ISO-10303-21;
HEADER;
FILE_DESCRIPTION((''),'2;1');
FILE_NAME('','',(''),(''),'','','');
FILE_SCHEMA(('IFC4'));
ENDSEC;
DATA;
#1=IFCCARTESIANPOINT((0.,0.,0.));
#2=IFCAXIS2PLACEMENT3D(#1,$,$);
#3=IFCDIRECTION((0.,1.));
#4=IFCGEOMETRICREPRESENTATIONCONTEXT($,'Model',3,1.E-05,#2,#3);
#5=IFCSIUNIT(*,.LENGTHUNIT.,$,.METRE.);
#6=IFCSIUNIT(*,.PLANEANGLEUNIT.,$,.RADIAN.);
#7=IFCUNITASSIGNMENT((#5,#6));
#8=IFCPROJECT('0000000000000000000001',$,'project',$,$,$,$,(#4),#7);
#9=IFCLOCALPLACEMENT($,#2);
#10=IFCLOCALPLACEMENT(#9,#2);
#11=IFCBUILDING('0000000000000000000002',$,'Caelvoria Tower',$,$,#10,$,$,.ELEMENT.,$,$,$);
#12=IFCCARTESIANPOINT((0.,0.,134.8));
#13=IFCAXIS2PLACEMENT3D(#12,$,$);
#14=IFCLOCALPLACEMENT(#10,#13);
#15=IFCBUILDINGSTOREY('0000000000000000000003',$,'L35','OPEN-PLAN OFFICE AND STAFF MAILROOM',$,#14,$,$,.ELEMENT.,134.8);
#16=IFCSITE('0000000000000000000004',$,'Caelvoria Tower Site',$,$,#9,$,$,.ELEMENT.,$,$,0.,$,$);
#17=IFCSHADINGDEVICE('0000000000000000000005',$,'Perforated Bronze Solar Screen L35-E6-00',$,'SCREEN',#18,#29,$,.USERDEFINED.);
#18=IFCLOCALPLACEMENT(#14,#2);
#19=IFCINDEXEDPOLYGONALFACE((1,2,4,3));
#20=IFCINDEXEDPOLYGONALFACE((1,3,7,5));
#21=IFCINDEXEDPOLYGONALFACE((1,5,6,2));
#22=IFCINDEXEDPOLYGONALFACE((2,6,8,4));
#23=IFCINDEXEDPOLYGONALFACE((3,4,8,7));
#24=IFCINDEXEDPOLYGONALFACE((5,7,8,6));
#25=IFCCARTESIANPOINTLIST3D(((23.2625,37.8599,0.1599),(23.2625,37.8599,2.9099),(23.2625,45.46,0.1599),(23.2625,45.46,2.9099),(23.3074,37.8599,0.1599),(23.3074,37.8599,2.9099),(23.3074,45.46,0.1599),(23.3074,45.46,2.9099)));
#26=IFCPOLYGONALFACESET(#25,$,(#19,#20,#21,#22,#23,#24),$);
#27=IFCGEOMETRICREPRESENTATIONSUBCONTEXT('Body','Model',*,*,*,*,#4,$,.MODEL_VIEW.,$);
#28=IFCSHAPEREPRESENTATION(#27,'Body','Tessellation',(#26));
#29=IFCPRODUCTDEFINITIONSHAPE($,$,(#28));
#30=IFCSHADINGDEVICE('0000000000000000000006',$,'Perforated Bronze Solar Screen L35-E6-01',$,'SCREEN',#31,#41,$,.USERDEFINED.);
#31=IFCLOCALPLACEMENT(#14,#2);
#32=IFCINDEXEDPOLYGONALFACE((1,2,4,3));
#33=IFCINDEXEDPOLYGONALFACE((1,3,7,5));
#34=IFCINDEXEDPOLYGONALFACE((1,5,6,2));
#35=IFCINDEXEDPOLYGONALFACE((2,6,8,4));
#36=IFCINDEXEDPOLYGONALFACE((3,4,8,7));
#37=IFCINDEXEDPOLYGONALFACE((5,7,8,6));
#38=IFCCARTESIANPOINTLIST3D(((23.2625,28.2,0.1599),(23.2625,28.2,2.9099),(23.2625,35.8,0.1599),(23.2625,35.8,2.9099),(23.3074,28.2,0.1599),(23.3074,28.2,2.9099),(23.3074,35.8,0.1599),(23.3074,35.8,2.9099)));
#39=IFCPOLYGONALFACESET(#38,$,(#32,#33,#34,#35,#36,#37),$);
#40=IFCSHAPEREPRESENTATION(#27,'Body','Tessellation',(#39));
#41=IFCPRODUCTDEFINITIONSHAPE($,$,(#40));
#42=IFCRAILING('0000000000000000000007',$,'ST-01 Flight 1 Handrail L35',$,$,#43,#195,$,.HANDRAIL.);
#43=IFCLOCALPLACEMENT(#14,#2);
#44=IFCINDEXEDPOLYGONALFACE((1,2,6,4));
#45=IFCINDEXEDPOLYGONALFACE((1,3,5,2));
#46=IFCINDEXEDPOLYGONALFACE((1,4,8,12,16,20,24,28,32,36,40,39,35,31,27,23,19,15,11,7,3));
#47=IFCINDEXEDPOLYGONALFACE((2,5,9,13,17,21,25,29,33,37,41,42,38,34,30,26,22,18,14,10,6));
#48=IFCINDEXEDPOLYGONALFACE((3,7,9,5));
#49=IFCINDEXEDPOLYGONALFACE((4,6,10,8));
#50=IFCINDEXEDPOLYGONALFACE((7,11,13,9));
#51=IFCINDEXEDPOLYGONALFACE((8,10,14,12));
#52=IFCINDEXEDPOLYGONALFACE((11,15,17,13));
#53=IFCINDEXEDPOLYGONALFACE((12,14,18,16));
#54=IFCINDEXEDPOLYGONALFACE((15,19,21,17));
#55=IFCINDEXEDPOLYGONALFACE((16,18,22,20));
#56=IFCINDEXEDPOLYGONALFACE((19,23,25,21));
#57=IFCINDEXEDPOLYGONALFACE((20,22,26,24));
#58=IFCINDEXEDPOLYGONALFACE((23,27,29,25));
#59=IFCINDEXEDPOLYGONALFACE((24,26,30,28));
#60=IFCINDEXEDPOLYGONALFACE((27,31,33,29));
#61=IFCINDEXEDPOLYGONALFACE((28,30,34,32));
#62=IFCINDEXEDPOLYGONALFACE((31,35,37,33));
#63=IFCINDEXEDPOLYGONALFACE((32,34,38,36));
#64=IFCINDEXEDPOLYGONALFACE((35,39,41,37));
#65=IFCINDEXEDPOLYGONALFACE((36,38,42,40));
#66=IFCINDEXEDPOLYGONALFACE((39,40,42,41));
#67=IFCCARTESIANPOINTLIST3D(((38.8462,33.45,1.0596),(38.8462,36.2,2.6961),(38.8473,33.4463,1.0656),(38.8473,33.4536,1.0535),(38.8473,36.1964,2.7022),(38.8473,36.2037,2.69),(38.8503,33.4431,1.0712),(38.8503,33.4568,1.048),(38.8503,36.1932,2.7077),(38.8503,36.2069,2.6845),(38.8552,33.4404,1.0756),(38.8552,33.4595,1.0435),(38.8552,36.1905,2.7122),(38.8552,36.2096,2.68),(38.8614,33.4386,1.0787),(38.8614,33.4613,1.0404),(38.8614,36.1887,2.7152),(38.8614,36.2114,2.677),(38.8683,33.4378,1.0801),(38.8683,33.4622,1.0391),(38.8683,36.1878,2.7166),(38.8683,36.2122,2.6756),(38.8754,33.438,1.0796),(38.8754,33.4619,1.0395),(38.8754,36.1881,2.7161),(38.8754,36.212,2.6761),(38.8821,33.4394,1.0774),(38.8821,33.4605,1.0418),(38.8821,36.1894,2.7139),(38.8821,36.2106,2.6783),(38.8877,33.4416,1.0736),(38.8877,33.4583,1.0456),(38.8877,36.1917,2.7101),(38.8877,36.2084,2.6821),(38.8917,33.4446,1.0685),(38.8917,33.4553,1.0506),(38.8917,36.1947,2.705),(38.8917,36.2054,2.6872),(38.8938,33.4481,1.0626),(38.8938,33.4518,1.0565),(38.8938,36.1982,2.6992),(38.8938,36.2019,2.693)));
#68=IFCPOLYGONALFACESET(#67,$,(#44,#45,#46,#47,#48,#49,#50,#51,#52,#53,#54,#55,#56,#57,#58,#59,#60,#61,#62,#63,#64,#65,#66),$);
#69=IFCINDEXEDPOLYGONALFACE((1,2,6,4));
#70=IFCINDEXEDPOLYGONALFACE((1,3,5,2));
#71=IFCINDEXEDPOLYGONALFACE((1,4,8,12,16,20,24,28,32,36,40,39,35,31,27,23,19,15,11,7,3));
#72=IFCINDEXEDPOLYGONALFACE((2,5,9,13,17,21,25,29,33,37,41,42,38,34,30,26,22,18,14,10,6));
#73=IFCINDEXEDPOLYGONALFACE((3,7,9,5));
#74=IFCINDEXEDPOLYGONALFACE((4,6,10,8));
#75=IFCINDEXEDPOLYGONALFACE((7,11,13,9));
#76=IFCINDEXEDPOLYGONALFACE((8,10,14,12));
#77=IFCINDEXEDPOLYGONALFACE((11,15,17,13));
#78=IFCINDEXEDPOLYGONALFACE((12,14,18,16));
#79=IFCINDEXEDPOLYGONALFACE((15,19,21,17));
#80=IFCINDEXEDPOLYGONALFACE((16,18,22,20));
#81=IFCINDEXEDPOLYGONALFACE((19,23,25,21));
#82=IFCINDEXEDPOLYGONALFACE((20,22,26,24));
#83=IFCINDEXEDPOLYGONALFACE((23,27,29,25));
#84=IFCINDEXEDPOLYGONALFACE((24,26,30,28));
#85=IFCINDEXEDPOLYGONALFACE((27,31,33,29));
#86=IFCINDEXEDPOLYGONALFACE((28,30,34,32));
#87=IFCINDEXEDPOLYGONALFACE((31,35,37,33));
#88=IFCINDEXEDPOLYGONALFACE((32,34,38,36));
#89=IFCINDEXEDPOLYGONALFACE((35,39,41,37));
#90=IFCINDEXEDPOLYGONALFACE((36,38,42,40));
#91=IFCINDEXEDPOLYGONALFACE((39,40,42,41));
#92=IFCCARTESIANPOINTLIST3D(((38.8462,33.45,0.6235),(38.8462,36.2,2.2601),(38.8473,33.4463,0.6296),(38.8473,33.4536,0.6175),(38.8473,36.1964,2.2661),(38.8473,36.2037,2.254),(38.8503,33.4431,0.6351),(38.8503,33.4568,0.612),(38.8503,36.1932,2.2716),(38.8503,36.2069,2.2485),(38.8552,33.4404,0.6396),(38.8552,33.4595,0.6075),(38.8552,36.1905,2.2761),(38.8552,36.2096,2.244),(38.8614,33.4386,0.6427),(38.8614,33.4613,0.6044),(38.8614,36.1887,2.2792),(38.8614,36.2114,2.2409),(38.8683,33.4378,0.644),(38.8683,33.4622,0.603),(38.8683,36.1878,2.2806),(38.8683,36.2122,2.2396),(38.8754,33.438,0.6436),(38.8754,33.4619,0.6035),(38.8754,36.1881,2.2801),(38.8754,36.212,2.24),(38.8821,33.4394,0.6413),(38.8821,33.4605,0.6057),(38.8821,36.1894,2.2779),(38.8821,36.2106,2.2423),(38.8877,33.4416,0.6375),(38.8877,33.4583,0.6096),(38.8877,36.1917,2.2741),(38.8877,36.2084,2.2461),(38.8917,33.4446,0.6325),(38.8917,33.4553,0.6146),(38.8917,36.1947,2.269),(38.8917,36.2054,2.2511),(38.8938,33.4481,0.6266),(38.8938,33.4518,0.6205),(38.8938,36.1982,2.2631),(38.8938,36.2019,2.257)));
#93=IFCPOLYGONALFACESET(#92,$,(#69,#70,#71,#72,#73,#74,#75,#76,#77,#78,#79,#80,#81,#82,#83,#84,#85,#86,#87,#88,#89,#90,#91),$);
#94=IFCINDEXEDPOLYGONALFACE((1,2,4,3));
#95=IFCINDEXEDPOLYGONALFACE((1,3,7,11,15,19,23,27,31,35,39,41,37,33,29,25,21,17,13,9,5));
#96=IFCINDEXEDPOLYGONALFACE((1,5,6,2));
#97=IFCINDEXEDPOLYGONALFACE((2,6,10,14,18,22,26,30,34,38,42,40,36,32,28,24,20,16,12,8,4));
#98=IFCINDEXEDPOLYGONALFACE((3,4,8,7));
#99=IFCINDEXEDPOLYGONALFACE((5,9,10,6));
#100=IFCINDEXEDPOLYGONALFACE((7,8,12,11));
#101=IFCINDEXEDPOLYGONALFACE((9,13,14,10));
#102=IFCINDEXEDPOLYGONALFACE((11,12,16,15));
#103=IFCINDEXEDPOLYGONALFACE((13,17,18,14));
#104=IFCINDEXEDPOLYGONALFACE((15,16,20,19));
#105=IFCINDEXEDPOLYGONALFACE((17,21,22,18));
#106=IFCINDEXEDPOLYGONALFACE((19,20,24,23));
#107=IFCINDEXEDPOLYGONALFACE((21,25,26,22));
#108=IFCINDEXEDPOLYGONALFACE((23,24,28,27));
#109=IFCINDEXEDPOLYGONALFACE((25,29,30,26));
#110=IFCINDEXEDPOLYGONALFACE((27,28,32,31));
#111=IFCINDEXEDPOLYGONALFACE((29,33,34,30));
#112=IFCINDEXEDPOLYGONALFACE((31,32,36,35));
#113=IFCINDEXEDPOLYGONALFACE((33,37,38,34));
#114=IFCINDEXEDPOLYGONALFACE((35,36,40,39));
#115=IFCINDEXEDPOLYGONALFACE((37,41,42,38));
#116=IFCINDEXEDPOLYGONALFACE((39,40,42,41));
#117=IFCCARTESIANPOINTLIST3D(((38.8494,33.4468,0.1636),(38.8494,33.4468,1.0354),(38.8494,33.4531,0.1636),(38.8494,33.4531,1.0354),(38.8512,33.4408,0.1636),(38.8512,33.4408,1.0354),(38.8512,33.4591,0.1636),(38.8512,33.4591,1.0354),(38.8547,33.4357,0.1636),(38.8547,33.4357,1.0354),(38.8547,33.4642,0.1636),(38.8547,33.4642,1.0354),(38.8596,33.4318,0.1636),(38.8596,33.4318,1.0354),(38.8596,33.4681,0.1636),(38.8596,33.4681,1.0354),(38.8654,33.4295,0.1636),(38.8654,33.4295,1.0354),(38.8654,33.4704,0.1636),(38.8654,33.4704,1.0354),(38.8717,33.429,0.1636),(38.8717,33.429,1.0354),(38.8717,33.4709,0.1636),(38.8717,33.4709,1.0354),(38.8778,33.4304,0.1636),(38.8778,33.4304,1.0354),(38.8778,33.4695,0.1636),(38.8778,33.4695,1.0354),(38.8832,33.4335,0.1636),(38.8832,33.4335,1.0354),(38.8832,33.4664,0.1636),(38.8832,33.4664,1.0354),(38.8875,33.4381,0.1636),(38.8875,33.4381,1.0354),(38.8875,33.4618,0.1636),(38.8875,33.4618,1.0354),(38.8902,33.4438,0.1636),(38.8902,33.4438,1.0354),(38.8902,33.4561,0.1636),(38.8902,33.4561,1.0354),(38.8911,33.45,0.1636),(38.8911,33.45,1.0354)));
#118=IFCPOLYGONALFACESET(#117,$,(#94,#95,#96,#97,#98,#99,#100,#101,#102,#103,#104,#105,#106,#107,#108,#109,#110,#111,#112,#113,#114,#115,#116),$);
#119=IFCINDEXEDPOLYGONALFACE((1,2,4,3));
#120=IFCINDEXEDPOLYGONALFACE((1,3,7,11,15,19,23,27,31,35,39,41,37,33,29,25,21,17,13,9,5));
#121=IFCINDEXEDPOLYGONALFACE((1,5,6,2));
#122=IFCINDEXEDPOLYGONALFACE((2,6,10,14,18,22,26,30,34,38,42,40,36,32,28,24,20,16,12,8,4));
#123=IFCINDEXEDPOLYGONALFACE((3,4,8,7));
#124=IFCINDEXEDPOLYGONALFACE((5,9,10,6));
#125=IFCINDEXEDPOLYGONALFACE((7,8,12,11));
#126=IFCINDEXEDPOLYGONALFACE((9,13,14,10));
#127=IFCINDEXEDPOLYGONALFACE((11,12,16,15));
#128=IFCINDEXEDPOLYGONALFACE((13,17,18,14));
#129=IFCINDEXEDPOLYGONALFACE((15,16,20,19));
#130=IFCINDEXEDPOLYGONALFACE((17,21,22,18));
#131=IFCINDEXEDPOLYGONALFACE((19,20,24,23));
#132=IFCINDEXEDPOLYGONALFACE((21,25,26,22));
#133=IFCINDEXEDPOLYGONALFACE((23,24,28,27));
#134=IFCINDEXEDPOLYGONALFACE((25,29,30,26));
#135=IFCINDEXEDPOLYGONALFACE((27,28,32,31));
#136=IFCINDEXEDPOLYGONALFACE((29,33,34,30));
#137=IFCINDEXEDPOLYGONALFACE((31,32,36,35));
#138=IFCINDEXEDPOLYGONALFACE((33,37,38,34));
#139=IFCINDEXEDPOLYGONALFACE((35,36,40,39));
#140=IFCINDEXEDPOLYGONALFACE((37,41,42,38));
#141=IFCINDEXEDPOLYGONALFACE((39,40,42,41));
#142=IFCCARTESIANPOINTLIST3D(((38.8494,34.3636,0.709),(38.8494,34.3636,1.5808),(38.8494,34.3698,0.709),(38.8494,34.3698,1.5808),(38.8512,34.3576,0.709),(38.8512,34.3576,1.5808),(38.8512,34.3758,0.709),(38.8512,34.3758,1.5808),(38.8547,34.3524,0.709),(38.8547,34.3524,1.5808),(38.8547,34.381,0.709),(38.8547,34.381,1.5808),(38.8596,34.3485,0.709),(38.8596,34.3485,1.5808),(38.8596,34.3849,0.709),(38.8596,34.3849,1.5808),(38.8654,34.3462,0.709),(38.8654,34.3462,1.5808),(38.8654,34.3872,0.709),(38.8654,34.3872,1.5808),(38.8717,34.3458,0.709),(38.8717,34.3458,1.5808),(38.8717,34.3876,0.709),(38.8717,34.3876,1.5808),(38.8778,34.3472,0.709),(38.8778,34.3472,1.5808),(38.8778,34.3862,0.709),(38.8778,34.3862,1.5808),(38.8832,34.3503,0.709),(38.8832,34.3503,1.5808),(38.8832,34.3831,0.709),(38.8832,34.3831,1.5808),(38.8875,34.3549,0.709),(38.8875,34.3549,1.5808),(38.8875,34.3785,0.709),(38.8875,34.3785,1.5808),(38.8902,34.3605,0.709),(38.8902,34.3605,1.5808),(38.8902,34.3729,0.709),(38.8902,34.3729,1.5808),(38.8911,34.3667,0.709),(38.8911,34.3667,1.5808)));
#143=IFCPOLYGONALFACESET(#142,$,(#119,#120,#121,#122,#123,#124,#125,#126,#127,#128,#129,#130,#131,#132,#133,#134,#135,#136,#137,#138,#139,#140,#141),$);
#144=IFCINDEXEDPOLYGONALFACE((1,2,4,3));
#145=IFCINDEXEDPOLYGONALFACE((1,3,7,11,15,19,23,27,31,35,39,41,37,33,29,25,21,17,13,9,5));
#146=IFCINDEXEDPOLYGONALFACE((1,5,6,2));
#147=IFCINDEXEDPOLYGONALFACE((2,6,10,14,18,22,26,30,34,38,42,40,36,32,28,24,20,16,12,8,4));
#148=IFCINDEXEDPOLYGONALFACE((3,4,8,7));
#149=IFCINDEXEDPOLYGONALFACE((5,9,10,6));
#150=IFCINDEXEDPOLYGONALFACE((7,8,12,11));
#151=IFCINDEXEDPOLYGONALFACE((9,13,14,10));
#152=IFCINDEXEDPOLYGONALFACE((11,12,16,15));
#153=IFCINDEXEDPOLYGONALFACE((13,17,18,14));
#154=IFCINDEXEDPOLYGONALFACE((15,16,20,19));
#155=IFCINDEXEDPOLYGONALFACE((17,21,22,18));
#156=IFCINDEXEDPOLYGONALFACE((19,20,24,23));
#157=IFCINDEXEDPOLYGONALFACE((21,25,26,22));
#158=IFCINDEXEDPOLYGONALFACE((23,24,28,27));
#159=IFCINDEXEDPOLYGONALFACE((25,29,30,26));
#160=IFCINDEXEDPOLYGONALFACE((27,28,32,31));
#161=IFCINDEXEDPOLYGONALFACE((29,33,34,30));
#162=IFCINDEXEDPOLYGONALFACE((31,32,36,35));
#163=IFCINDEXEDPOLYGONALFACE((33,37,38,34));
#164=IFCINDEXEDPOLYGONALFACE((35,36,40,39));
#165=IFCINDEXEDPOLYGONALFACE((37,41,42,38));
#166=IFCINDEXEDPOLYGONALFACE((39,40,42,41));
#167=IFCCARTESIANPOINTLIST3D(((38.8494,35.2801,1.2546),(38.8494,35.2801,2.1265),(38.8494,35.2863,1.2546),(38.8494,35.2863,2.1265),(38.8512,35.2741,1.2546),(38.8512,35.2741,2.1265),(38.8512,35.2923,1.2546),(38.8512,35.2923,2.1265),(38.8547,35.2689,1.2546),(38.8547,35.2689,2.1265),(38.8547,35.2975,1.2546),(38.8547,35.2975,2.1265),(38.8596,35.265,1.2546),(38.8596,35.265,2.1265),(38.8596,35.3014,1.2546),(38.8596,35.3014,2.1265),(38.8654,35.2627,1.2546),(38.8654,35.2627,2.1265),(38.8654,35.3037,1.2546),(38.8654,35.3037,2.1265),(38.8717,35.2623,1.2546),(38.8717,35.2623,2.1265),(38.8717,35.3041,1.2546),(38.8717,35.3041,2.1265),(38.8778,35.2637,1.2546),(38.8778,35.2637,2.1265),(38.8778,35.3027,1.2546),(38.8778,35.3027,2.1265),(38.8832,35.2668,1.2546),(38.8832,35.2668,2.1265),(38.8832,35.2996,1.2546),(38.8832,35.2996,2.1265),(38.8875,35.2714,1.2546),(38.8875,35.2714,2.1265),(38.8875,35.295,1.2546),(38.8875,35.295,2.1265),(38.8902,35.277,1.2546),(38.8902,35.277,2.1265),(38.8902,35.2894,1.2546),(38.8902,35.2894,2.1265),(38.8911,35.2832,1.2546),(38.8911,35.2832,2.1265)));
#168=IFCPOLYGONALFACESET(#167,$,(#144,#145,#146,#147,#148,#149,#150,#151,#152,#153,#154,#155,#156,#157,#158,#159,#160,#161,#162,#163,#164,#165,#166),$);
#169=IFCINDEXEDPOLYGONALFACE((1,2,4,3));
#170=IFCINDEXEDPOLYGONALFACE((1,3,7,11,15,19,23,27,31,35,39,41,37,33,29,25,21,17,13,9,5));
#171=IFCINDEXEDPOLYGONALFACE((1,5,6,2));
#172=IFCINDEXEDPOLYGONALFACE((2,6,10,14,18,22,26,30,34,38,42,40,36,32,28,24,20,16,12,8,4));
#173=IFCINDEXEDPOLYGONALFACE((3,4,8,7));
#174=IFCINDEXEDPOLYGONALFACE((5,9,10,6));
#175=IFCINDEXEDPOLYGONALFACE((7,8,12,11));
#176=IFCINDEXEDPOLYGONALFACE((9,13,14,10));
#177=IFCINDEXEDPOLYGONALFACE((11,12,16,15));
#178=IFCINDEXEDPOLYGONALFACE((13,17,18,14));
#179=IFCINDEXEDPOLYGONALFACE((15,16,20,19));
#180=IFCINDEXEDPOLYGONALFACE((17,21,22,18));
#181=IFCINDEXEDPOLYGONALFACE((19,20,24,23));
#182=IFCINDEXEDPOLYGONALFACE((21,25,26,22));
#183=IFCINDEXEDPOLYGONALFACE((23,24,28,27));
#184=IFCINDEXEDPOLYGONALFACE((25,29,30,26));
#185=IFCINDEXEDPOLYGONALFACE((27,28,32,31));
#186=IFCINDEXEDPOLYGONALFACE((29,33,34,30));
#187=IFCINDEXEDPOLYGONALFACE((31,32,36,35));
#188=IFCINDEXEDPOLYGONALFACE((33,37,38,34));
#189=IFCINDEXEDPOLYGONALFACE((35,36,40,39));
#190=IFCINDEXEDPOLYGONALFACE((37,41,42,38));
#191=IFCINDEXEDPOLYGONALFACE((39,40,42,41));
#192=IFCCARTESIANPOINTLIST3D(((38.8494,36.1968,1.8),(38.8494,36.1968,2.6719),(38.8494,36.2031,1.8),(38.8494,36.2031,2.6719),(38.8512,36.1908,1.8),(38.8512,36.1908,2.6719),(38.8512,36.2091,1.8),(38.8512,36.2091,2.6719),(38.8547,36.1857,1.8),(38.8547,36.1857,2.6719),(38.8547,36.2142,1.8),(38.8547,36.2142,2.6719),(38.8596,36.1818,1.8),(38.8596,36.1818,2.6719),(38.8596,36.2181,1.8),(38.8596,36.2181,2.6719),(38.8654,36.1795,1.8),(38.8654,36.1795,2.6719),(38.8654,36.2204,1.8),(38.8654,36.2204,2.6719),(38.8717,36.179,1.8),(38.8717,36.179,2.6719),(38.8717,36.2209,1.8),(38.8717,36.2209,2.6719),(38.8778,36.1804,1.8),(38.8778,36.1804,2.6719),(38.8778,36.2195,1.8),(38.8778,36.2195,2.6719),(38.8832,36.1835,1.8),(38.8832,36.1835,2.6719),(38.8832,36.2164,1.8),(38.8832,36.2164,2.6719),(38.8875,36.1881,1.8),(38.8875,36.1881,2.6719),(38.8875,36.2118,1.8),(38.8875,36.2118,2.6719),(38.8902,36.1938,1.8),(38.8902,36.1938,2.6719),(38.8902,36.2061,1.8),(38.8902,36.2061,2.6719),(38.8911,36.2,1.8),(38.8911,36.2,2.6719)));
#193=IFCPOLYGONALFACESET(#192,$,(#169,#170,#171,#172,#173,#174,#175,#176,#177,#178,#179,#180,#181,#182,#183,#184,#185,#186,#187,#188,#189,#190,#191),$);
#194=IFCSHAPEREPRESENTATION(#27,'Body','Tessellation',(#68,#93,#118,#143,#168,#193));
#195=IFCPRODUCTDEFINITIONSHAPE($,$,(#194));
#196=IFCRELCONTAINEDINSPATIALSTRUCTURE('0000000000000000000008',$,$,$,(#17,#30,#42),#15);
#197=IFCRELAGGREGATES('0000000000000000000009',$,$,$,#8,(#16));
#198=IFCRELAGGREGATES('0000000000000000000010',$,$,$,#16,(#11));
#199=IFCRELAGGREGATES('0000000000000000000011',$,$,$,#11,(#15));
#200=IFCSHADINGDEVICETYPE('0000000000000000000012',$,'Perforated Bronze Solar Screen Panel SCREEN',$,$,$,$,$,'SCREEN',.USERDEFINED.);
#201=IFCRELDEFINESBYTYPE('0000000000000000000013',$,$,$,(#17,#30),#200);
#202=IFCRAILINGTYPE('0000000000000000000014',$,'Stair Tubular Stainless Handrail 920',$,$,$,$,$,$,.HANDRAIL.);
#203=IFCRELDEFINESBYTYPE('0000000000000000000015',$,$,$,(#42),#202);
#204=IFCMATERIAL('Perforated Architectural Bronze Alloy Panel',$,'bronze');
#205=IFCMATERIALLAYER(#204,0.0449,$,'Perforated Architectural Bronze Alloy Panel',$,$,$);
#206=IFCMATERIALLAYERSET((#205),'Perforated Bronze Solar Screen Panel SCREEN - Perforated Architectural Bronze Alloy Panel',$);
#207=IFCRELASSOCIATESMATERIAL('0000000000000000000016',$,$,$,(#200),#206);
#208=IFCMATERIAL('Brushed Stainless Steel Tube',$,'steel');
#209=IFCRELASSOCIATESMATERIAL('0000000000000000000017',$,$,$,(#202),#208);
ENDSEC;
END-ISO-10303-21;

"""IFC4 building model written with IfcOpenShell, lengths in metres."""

from ifc_helpers import new_model, si_unit, direction, frame, origin, origin_2d, place, context, subcontext, project, spatial, rectangle, circle, extrude, material, layer, layer_set, type_object, element, save


model = new_model("IFC4")

# Units and contexts
model_context = context("Model", 3, precision=1e-05, world=origin(), true_north=direction((0.0, 1.0)))
body_context = subcontext(model_context, "Body", "Model", "MODEL_VIEW")
ifc_project = project(units=[si_unit("LENGTHUNIT", "METRE"), si_unit("PLANEANGLEUNIT", "RADIAN")], contexts=[model_context])

# Site, building, storey
site_placement = place(None, origin())
site = spatial("IfcSite", under=ifc_project, at=site_placement, Name="Caelvoria Tower Site", CompositionType="ELEMENT", RefElevation=0.0)
building_placement = place(site_placement, origin())
building = spatial("IfcBuilding", under=site, at=building_placement, Name="Caelvoria Tower", CompositionType="ELEMENT")
storey_placement = place(building_placement, frame((0.0, 0.0, 134.8)))
storey = spatial("IfcBuildingStorey", under=building, at=storey_placement, Name="L35", Description="OPEN-PLAN OFFICE AND STAFF MAILROOM", CompositionType="ELEMENT", Elevation=134.8)

# Shading devices
ifc_material_1 = material(Name="Perforated Architectural Bronze Alloy Panel", Category="bronze")
ifc_layer_1 = layer(ifc_material_1, 0.0449, Name="Perforated Architectural Bronze Alloy Panel")
ifc_layer_set_1 = layer_set([ifc_layer_1], Name="Perforated Bronze Solar Screen Panel SCREEN - Perforated Architectural Bronze Alloy Panel")
shading_device_type = type_object("IfcShadingDeviceType", Name="Perforated Bronze Solar Screen Panel SCREEN", ElementType="SCREEN", PredefinedType="USERDEFINED", material=ifc_layer_set_1)
for number, where, z_axis, x_axis, name in (
    (1, (23.2849, 41.6599, 0.1599), (0.0, 0.0, 1.0), (0.0, -1.0, 0.0), "Perforated Bronze Solar Screen L35-E6-00"),
    (2, (23.2849, 32.0, 0.1599), (0.0, 0.0, 1.0), (0.0, -1.0, 0.0), "Perforated Bronze Solar Screen L35-E6-01"),
):
    element("IfcShadingDevice", number, at=place(storey_placement, frame(where, z_axis=z_axis, x_axis=x_axis)), inside=storey, type_object=shading_device_type, Name=name, ObjectType="SCREEN", PredefinedType="USERDEFINED", context=body_context, shape_type="SweptSolid", body=[
        extrude(rectangle(XDim=7.6001, YDim=0.0449, at=origin_2d()), origin(), (0.0, 0.0, 1.0), 2.75),
    ])

# Railing
ifc_material_2 = material(Name="Brushed Stainless Steel Tube", Category="steel")
railing_type_1 = type_object("IfcRailingType", Name="Stair Tubular Stainless Handrail 920", PredefinedType="HANDRAIL", material=ifc_material_2)
railing_1_placement = place(storey_placement, frame((38.8701, 33.45, 0.1636)))
element("IfcRailing", 3, at=railing_1_placement, inside=storey, type_object=railing_type_1, Name="ST-01 Flight 1 Handrail L35", PredefinedType="HANDRAIL", context=body_context, shape_type="SweptSolid", body=[
    extrude(circle(Radius=0.0239, at=origin_2d()), frame((0.0, 0.0, 0.896), z_axis=(0.0, 0.859352, 0.511385), x_axis=(-1.0, 0.0, 0.0)), (0.0, 0.0, 1.0), 3.2002),
    extrude(circle(Radius=0.0239, at=origin_2d()), frame((0.0, 0.0, 0.46), z_axis=(0.0, 0.859352, 0.511385), x_axis=(-1.0, 0.0, 0.0)), (0.0, 0.0, 1.0), 3.2002),
    extrude(circle(Radius=0.021, at=origin_2d()), origin(), (0.0, 0.0, 1.0), 0.8718),
    extrude(circle(Radius=0.021, at=origin_2d()), frame((0.0, 0.9167, 0.5454)), (0.0, 0.0, 1.0), 0.8718),
    extrude(circle(Radius=0.021, at=origin_2d()), frame((0.0, 1.8333, 1.0911)), (0.0, 0.0, 1.0), 0.8718),
    extrude(circle(Radius=0.021, at=origin_2d()), frame((0.0, 2.75, 1.6365)), (0.0, 0.0, 1.0), 0.8718),
])

save(model, "model.ifc")
